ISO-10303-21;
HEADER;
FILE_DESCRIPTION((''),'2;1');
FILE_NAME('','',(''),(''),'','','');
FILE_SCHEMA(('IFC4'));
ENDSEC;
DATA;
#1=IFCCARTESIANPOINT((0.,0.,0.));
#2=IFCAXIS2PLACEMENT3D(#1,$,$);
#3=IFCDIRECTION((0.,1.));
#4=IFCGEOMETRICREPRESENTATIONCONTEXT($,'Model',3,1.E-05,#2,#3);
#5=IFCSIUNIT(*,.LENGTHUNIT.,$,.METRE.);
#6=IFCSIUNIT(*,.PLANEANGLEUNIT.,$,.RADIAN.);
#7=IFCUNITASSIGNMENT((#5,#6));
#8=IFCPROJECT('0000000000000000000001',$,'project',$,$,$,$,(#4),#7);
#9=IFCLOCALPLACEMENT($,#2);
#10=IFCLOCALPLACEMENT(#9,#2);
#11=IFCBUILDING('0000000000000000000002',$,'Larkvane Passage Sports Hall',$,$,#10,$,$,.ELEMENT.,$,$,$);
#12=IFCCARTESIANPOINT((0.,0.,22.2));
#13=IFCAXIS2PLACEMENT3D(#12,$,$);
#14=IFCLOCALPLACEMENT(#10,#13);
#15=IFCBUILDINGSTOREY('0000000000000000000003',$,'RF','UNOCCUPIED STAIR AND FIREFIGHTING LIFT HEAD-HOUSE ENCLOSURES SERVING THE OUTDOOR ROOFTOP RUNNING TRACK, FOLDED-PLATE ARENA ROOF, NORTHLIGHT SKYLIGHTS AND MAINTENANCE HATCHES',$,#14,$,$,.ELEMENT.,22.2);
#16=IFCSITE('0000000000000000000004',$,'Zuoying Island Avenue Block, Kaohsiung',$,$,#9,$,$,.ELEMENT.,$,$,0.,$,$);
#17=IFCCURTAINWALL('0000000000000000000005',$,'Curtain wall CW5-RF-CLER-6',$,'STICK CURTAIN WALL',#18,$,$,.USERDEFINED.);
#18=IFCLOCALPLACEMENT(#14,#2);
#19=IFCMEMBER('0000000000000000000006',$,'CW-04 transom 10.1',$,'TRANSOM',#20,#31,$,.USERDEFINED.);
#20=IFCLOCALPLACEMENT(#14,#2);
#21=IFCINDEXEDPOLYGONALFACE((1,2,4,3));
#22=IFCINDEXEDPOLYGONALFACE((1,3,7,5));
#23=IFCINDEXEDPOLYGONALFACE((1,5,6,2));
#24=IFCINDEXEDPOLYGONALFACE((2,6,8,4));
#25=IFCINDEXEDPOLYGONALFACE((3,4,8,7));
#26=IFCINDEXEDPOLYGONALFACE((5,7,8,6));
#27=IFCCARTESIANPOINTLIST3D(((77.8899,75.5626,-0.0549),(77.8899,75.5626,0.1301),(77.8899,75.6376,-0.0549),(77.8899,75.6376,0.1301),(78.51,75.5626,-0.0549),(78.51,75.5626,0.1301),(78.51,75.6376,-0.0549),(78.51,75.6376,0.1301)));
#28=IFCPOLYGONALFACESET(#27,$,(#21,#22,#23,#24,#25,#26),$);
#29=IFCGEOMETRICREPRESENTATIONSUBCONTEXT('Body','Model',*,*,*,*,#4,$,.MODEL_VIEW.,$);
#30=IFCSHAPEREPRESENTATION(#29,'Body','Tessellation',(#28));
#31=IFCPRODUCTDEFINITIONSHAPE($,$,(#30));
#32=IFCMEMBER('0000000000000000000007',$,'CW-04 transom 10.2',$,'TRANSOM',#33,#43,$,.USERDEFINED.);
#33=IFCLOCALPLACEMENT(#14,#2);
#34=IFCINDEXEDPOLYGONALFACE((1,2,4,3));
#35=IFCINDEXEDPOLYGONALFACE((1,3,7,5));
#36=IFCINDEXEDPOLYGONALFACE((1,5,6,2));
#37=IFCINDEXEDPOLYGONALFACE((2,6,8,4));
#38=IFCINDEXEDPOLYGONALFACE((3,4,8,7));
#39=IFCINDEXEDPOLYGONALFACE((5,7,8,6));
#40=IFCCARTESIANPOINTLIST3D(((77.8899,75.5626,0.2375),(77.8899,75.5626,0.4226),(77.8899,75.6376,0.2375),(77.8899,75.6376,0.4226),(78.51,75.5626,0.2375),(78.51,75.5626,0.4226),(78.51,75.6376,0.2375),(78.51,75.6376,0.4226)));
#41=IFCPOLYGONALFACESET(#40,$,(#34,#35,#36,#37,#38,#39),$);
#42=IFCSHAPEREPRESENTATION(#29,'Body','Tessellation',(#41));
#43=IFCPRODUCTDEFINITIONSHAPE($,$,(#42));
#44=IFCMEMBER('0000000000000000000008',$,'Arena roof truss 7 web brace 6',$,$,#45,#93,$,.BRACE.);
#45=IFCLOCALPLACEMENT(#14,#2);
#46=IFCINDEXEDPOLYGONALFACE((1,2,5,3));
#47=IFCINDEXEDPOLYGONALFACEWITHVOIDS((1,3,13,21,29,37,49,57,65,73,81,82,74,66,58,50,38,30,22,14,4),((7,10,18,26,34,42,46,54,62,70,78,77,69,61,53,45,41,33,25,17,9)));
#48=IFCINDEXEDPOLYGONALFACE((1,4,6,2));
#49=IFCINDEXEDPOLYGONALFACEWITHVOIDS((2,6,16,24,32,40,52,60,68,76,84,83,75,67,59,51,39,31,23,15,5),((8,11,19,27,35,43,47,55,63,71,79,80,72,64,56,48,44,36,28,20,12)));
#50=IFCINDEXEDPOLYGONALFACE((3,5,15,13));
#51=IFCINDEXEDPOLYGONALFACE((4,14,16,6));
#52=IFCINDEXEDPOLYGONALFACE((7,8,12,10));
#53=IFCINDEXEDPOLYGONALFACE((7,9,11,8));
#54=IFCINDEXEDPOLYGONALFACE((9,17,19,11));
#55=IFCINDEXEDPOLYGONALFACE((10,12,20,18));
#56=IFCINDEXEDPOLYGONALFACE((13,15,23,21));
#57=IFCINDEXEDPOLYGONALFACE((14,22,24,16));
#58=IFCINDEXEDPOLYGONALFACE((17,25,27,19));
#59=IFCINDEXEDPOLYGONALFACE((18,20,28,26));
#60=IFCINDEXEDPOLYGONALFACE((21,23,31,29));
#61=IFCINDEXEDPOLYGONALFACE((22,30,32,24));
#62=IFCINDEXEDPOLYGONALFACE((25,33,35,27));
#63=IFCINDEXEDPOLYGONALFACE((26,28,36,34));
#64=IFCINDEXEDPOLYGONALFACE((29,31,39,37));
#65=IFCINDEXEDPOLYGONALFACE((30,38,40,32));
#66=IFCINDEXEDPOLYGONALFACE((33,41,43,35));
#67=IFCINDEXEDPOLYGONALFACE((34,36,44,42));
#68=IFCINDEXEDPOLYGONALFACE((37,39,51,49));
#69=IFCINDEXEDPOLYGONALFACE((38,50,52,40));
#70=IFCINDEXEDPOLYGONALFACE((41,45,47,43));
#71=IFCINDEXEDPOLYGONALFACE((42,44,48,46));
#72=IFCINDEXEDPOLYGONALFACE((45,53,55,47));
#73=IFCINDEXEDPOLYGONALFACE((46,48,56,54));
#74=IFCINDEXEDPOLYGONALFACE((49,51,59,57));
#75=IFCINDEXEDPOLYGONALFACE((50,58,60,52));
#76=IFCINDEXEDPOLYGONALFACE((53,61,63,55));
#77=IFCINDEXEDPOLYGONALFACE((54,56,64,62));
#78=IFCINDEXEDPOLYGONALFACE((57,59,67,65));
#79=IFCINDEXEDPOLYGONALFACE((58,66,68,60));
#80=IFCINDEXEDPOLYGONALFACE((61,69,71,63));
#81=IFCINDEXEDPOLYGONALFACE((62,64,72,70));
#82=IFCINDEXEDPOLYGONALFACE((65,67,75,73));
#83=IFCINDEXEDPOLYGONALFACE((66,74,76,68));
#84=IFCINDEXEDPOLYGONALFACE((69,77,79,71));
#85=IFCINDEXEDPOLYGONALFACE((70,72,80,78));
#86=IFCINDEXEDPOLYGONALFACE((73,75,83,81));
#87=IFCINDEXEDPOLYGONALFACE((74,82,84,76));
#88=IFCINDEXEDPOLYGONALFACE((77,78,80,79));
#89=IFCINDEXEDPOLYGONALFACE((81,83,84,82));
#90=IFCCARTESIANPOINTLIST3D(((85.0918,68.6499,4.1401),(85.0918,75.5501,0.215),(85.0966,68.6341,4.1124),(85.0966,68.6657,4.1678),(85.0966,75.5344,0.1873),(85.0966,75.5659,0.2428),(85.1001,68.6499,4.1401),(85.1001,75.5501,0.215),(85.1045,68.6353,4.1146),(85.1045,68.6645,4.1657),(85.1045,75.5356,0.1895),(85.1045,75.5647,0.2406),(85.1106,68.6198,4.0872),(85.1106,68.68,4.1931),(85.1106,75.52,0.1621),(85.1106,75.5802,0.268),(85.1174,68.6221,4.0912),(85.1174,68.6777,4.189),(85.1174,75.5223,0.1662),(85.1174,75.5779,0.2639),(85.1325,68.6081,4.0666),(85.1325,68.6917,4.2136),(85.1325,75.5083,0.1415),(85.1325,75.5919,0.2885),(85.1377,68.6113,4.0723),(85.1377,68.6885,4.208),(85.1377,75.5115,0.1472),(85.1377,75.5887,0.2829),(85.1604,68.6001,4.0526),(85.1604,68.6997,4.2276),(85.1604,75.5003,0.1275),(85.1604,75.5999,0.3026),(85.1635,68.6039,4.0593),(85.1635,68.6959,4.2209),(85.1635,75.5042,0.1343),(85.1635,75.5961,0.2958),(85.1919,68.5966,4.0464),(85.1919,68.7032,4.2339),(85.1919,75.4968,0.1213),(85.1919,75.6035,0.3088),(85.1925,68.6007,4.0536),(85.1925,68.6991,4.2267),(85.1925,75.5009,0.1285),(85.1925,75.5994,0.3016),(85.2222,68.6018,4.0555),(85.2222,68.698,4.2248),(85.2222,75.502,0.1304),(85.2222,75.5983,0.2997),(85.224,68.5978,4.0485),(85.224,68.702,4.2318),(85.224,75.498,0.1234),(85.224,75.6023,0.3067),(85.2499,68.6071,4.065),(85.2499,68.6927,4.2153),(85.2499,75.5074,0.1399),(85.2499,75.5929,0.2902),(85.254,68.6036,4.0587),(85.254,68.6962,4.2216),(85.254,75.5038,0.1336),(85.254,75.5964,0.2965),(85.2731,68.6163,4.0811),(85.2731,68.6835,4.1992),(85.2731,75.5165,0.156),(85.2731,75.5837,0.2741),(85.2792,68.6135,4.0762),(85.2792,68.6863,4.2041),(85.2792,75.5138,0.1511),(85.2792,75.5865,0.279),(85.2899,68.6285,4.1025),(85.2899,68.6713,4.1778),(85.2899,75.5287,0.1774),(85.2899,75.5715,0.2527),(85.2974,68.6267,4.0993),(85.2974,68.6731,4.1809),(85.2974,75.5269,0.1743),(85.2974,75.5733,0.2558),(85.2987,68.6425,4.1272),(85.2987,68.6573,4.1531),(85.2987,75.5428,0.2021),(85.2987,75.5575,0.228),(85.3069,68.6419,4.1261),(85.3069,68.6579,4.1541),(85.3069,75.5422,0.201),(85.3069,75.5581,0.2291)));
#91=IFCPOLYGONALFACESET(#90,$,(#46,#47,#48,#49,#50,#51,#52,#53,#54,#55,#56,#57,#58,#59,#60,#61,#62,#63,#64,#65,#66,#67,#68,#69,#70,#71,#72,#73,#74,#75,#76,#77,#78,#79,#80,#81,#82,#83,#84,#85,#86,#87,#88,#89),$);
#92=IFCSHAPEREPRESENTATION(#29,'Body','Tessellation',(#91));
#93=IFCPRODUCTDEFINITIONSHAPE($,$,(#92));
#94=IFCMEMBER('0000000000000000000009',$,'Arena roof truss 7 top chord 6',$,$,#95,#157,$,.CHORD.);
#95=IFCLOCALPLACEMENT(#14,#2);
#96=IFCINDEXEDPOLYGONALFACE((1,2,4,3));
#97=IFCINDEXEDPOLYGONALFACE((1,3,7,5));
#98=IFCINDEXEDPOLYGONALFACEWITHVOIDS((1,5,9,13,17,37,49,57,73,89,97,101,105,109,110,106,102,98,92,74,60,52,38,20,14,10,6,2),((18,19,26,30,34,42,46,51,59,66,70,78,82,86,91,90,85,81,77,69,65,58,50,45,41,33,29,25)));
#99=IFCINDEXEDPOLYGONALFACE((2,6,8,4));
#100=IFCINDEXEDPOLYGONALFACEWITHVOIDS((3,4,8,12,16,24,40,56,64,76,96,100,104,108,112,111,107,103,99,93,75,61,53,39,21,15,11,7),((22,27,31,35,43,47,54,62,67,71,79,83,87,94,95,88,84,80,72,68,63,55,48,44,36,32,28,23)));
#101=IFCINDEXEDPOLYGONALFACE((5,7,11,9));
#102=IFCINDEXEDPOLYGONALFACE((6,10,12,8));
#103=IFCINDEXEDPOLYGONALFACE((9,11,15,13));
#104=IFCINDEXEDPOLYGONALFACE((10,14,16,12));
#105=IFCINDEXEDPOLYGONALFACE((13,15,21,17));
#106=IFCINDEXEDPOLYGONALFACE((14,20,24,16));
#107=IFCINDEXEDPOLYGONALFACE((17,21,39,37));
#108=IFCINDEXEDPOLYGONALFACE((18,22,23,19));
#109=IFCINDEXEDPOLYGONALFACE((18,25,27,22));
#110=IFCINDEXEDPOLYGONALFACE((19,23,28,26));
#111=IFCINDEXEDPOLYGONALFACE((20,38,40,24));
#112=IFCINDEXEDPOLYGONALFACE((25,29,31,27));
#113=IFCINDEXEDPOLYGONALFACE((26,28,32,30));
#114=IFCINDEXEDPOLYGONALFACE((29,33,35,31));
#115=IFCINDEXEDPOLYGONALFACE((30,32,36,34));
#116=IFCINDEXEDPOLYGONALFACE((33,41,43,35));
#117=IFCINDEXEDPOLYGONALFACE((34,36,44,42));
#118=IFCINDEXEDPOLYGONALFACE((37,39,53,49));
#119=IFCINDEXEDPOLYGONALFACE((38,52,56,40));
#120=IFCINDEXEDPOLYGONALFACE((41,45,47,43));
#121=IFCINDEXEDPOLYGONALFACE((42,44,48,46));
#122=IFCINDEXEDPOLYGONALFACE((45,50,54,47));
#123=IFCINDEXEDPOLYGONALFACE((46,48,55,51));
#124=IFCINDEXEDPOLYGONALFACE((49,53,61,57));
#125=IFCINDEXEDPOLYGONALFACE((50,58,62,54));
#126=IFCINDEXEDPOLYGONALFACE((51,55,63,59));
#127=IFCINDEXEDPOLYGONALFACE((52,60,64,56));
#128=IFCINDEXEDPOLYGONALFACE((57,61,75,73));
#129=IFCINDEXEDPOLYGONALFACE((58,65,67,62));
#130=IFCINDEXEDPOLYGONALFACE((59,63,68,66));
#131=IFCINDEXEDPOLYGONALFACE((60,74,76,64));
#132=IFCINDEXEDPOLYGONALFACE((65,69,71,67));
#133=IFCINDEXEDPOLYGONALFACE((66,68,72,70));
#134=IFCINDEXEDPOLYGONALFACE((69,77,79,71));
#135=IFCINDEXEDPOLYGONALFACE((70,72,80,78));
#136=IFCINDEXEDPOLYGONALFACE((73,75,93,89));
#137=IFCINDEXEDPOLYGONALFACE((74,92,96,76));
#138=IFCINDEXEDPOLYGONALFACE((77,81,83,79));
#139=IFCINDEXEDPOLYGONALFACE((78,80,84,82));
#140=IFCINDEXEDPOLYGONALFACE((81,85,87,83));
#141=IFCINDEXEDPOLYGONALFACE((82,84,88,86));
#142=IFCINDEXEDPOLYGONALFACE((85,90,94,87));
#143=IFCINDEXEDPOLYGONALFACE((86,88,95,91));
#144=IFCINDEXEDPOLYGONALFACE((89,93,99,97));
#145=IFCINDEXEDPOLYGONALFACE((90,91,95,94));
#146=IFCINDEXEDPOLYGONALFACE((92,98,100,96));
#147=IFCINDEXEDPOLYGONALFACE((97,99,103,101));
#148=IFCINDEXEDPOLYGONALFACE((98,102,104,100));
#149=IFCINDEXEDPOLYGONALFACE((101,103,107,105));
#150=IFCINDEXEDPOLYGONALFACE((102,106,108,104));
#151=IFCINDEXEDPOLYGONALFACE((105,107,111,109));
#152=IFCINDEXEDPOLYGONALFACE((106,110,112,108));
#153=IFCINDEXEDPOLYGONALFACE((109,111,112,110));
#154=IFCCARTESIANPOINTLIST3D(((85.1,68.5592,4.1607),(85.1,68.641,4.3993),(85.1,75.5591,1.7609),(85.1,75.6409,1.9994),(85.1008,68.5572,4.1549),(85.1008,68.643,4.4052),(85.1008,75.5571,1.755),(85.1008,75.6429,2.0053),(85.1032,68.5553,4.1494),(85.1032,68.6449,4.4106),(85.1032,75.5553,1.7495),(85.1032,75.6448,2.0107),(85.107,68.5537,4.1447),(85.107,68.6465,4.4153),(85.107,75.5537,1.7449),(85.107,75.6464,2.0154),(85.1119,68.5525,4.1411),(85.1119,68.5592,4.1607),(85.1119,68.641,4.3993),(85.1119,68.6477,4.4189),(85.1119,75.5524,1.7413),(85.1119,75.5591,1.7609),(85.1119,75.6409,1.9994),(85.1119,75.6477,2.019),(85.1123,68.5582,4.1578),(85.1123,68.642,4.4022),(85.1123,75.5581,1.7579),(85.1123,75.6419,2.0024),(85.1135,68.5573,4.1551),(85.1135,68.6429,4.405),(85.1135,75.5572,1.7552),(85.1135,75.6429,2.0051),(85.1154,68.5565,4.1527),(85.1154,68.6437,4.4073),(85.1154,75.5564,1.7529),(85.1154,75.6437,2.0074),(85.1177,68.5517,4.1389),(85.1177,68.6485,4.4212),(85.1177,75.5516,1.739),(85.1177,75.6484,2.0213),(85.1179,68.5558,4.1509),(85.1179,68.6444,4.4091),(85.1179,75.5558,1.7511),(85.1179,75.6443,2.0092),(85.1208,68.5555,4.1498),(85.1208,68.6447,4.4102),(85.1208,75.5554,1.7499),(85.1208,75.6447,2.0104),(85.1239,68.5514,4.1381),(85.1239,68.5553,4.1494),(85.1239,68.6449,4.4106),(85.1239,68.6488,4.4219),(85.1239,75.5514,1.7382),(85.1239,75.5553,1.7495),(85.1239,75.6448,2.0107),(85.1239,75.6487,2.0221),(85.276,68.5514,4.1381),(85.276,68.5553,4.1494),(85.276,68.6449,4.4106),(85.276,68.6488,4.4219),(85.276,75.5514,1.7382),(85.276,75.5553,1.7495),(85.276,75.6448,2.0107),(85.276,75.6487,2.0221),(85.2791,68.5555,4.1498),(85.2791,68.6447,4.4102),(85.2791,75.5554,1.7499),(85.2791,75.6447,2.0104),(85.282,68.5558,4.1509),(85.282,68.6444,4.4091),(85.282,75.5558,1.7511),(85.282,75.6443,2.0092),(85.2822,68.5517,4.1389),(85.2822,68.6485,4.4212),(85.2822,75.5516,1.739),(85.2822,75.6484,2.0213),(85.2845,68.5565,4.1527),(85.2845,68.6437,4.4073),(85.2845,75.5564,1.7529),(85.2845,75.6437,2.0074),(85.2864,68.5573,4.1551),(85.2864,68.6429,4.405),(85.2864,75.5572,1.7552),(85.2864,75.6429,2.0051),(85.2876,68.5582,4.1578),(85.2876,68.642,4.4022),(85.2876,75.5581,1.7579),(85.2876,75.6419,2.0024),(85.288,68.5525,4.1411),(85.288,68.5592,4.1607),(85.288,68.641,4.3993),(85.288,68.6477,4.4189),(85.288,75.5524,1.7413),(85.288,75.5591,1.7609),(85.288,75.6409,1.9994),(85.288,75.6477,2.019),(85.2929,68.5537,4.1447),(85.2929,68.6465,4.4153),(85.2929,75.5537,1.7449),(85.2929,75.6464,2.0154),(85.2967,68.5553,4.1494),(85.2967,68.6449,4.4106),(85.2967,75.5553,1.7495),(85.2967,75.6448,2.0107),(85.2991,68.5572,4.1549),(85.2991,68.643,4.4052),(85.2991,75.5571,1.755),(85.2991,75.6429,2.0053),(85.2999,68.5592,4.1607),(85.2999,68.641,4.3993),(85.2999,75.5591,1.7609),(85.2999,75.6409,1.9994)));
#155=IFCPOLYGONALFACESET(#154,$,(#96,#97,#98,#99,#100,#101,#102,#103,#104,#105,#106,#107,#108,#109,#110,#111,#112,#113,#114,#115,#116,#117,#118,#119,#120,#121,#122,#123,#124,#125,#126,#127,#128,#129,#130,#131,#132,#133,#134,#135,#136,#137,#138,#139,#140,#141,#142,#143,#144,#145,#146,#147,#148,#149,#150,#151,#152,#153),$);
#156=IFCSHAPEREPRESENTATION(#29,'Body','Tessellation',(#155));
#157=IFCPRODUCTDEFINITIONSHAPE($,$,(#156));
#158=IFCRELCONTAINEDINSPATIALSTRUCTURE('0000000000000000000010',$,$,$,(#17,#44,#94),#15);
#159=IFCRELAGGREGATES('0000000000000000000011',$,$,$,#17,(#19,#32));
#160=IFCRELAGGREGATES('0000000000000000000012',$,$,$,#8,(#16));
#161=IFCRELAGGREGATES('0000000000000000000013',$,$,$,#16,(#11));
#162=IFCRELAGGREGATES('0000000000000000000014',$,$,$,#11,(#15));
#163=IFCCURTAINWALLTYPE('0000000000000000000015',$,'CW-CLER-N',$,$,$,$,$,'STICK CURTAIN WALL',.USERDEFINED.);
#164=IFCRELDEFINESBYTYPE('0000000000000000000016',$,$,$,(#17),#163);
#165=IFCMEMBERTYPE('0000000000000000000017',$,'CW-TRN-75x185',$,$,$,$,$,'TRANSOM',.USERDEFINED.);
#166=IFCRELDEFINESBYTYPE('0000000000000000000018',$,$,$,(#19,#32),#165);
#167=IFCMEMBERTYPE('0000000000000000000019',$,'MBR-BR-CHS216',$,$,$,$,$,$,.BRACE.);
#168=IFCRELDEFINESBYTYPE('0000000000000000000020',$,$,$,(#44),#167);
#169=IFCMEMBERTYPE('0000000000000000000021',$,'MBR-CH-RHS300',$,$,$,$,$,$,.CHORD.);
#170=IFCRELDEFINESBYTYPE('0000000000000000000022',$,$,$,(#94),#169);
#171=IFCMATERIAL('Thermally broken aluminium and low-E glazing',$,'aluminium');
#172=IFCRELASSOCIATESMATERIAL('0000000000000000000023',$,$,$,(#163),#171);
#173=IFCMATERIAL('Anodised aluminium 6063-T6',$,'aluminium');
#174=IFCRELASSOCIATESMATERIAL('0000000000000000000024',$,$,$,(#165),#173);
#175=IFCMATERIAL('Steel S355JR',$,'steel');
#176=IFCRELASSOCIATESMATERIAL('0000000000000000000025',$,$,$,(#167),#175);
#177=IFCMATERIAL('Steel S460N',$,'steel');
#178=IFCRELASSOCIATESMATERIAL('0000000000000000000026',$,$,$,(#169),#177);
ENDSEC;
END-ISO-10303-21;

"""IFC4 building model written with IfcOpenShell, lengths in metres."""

from ifc_helpers import new_model, si_unit, direction, frame, origin, origin_2d, place, context, subcontext, project, spatial, rectangle, hollow_rectangle, hollow_circle, extrude, material, material_profile, profile_set, type_object, element, aggregate, save


model = new_model("IFC4")

# Units and contexts
model_context = context("Model", 3, precision=1e-05, world=origin(), true_north=direction((0.0, 1.0)))
body_context = subcontext(model_context, "Body", "Model", "MODEL_VIEW")
ifc_project = project(units=[si_unit("LENGTHUNIT", "METRE"), si_unit("PLANEANGLEUNIT", "RADIAN")], contexts=[model_context])

# Site, building, storey
site_placement = place(None, origin())
site = spatial("IfcSite", under=ifc_project, at=site_placement, Name="Zuoying Island Avenue Block, Kaohsiung", CompositionType="ELEMENT", RefElevation=0.0)
building_placement = place(site_placement, origin())
building = spatial("IfcBuilding", under=site, at=building_placement, Name="Larkvane Passage Sports Hall", CompositionType="ELEMENT")
storey_placement = place(building_placement, frame((0.0, 0.0, 22.2)))
storey = spatial("IfcBuildingStorey", under=building, at=storey_placement, Name="RF", Description="UNOCCUPIED STAIR AND FIREFIGHTING LIFT HEAD-HOUSE ENCLOSURES SERVING THE OUTDOOR ROOFTOP RUNNING TRACK, FOLDED-PLATE ARENA ROOF, NORTHLIGHT SKYLIGHTS AND MAINTENANCE HATCHES", CompositionType="ELEMENT", Elevation=22.2)

# Curtain wall, members
ifc_material_1 = material(Name="Thermally broken aluminium and low-E glazing", Category="aluminium")
curtain_wall_type = type_object("IfcCurtainWallType", Name="CW-CLER-N", ElementType="STICK CURTAIN WALL", PredefinedType="USERDEFINED", material=ifc_material_1)
curtain_wall_placement = place(storey_placement, origin())
curtain_wall = element("IfcCurtainWall", 1, at=curtain_wall_placement, inside=storey, type_object=curtain_wall_type, Name="Curtain wall CW5-RF-CLER-6", ObjectType="STICK CURTAIN WALL", PredefinedType="USERDEFINED")
ifc_material_2 = material(Name="Anodised aluminium 6063-T6", Category="aluminium")
ifc_material_profile_1 = material_profile(ifc_material_2, rectangle(XDim=0.075, YDim=0.1851, at=origin_2d()), Name="ALU-TRN-75x185")
ifc_profile_set_1 = profile_set([ifc_material_profile_1], Name="Anodised aluminium 6063-T6")
member_type_1 = type_object("IfcMemberType", Name="CW-TRN-75x185", ElementType="TRANSOM", PredefinedType="USERDEFINED", material=ifc_profile_set_1)
member_1_placement = place(storey_placement, frame((78.51, 75.6001, 0.0376), z_axis=(-1.0, 0.0, 0.0), x_axis=(0.0, -1.0, 0.0)))
member_1 = element("IfcMember", 2, at=member_1_placement, type_object=member_type_1, Name="CW-04 transom 10.1", ObjectType="TRANSOM", PredefinedType="USERDEFINED", context=body_context, shape_type="SweptSolid", body=[
    extrude(rectangle(XDim=0.075, YDim=0.1851, at=origin_2d()), origin(), (0.0, 0.0, 1.0), 0.6201),
])
member_2_placement = place(storey_placement, frame((78.51, 75.6001, 0.3301), z_axis=(-1.0, 0.0, 0.0), x_axis=(0.0, -1.0, 0.0)))
member_2 = element("IfcMember", 3, at=member_2_placement, type_object=member_type_1, Name="CW-04 transom 10.2", ObjectType="TRANSOM", PredefinedType="USERDEFINED", context=body_context, shape_type="SweptSolid", body=[
    extrude(rectangle(XDim=0.075, YDim=0.1851, at=origin_2d()), origin(), (0.0, 0.0, 1.0), 0.6201),
])
aggregate(curtain_wall, [member_1, member_2])

# Members
ifc_material_3 = material(Name="Steel S355JR", Category="steel")
ifc_material_profile_2 = material_profile(ifc_material_3, hollow_circle(Radius=0.1082, WallThickness=0.0083, at=origin_2d()), Name="CHS-216.3x8.2")
ifc_profile_set_2 = profile_set([ifc_material_profile_2], Name="Steel S355JR")
member_type_2 = type_object("IfcMemberType", Name="MBR-BR-CHS216", PredefinedType="BRACE", material=ifc_profile_set_2)
member_3_placement = place(storey_placement, frame((85.2, 68.6499, 4.1401), z_axis=(0.0, 0.869212, -0.494439), x_axis=(-1.0, 0.0, 0.0)))
element("IfcMember", 4, at=member_3_placement, inside=storey, type_object=member_type_2, Name="Arena roof truss 7 web brace 6", PredefinedType="BRACE", context=body_context, shape_type="SweptSolid", body=[
    extrude(hollow_circle(Radius=0.1082, WallThickness=0.0083, at=origin_2d()), origin(), (0.0, 0.0, 1.0), 7.9385),
])
ifc_material_4 = material(Name="Steel S460N", Category="steel")
ifc_material_profile_3 = material_profile(ifc_material_4, hollow_rectangle(XDim=0.2, YDim=0.3, WallThickness=0.012, InnerFilletRadius=0.012, OuterFilletRadius=0.0239, at=origin_2d()), Name="RHS-300x200x12")
ifc_profile_set_3 = profile_set([ifc_material_profile_3], Name="Steel S460N")
member_type_3 = type_object("IfcMemberType", Name="MBR-CH-RHS300", PredefinedType="CHORD", material=ifc_profile_set_3)
member_4_placement = place(storey_placement, frame((85.2, 68.6001, 4.28), z_axis=(0.0, 0.94595, -0.324313), x_axis=(-1.0, 0.0, 0.0)))
element("IfcMember", 5, at=member_4_placement, inside=storey, type_object=member_type_3, Name="Arena roof truss 7 top chord 6", PredefinedType="CHORD", context=body_context, shape_type="SweptSolid", body=[
    extrude(hollow_rectangle(XDim=0.2, YDim=0.3, WallThickness=0.012, InnerFilletRadius=0.012, OuterFilletRadius=0.0239, at=origin_2d()), origin(), (0.0, 0.0, 1.0), 7.3999),
])

save(model, "model.ifc")
